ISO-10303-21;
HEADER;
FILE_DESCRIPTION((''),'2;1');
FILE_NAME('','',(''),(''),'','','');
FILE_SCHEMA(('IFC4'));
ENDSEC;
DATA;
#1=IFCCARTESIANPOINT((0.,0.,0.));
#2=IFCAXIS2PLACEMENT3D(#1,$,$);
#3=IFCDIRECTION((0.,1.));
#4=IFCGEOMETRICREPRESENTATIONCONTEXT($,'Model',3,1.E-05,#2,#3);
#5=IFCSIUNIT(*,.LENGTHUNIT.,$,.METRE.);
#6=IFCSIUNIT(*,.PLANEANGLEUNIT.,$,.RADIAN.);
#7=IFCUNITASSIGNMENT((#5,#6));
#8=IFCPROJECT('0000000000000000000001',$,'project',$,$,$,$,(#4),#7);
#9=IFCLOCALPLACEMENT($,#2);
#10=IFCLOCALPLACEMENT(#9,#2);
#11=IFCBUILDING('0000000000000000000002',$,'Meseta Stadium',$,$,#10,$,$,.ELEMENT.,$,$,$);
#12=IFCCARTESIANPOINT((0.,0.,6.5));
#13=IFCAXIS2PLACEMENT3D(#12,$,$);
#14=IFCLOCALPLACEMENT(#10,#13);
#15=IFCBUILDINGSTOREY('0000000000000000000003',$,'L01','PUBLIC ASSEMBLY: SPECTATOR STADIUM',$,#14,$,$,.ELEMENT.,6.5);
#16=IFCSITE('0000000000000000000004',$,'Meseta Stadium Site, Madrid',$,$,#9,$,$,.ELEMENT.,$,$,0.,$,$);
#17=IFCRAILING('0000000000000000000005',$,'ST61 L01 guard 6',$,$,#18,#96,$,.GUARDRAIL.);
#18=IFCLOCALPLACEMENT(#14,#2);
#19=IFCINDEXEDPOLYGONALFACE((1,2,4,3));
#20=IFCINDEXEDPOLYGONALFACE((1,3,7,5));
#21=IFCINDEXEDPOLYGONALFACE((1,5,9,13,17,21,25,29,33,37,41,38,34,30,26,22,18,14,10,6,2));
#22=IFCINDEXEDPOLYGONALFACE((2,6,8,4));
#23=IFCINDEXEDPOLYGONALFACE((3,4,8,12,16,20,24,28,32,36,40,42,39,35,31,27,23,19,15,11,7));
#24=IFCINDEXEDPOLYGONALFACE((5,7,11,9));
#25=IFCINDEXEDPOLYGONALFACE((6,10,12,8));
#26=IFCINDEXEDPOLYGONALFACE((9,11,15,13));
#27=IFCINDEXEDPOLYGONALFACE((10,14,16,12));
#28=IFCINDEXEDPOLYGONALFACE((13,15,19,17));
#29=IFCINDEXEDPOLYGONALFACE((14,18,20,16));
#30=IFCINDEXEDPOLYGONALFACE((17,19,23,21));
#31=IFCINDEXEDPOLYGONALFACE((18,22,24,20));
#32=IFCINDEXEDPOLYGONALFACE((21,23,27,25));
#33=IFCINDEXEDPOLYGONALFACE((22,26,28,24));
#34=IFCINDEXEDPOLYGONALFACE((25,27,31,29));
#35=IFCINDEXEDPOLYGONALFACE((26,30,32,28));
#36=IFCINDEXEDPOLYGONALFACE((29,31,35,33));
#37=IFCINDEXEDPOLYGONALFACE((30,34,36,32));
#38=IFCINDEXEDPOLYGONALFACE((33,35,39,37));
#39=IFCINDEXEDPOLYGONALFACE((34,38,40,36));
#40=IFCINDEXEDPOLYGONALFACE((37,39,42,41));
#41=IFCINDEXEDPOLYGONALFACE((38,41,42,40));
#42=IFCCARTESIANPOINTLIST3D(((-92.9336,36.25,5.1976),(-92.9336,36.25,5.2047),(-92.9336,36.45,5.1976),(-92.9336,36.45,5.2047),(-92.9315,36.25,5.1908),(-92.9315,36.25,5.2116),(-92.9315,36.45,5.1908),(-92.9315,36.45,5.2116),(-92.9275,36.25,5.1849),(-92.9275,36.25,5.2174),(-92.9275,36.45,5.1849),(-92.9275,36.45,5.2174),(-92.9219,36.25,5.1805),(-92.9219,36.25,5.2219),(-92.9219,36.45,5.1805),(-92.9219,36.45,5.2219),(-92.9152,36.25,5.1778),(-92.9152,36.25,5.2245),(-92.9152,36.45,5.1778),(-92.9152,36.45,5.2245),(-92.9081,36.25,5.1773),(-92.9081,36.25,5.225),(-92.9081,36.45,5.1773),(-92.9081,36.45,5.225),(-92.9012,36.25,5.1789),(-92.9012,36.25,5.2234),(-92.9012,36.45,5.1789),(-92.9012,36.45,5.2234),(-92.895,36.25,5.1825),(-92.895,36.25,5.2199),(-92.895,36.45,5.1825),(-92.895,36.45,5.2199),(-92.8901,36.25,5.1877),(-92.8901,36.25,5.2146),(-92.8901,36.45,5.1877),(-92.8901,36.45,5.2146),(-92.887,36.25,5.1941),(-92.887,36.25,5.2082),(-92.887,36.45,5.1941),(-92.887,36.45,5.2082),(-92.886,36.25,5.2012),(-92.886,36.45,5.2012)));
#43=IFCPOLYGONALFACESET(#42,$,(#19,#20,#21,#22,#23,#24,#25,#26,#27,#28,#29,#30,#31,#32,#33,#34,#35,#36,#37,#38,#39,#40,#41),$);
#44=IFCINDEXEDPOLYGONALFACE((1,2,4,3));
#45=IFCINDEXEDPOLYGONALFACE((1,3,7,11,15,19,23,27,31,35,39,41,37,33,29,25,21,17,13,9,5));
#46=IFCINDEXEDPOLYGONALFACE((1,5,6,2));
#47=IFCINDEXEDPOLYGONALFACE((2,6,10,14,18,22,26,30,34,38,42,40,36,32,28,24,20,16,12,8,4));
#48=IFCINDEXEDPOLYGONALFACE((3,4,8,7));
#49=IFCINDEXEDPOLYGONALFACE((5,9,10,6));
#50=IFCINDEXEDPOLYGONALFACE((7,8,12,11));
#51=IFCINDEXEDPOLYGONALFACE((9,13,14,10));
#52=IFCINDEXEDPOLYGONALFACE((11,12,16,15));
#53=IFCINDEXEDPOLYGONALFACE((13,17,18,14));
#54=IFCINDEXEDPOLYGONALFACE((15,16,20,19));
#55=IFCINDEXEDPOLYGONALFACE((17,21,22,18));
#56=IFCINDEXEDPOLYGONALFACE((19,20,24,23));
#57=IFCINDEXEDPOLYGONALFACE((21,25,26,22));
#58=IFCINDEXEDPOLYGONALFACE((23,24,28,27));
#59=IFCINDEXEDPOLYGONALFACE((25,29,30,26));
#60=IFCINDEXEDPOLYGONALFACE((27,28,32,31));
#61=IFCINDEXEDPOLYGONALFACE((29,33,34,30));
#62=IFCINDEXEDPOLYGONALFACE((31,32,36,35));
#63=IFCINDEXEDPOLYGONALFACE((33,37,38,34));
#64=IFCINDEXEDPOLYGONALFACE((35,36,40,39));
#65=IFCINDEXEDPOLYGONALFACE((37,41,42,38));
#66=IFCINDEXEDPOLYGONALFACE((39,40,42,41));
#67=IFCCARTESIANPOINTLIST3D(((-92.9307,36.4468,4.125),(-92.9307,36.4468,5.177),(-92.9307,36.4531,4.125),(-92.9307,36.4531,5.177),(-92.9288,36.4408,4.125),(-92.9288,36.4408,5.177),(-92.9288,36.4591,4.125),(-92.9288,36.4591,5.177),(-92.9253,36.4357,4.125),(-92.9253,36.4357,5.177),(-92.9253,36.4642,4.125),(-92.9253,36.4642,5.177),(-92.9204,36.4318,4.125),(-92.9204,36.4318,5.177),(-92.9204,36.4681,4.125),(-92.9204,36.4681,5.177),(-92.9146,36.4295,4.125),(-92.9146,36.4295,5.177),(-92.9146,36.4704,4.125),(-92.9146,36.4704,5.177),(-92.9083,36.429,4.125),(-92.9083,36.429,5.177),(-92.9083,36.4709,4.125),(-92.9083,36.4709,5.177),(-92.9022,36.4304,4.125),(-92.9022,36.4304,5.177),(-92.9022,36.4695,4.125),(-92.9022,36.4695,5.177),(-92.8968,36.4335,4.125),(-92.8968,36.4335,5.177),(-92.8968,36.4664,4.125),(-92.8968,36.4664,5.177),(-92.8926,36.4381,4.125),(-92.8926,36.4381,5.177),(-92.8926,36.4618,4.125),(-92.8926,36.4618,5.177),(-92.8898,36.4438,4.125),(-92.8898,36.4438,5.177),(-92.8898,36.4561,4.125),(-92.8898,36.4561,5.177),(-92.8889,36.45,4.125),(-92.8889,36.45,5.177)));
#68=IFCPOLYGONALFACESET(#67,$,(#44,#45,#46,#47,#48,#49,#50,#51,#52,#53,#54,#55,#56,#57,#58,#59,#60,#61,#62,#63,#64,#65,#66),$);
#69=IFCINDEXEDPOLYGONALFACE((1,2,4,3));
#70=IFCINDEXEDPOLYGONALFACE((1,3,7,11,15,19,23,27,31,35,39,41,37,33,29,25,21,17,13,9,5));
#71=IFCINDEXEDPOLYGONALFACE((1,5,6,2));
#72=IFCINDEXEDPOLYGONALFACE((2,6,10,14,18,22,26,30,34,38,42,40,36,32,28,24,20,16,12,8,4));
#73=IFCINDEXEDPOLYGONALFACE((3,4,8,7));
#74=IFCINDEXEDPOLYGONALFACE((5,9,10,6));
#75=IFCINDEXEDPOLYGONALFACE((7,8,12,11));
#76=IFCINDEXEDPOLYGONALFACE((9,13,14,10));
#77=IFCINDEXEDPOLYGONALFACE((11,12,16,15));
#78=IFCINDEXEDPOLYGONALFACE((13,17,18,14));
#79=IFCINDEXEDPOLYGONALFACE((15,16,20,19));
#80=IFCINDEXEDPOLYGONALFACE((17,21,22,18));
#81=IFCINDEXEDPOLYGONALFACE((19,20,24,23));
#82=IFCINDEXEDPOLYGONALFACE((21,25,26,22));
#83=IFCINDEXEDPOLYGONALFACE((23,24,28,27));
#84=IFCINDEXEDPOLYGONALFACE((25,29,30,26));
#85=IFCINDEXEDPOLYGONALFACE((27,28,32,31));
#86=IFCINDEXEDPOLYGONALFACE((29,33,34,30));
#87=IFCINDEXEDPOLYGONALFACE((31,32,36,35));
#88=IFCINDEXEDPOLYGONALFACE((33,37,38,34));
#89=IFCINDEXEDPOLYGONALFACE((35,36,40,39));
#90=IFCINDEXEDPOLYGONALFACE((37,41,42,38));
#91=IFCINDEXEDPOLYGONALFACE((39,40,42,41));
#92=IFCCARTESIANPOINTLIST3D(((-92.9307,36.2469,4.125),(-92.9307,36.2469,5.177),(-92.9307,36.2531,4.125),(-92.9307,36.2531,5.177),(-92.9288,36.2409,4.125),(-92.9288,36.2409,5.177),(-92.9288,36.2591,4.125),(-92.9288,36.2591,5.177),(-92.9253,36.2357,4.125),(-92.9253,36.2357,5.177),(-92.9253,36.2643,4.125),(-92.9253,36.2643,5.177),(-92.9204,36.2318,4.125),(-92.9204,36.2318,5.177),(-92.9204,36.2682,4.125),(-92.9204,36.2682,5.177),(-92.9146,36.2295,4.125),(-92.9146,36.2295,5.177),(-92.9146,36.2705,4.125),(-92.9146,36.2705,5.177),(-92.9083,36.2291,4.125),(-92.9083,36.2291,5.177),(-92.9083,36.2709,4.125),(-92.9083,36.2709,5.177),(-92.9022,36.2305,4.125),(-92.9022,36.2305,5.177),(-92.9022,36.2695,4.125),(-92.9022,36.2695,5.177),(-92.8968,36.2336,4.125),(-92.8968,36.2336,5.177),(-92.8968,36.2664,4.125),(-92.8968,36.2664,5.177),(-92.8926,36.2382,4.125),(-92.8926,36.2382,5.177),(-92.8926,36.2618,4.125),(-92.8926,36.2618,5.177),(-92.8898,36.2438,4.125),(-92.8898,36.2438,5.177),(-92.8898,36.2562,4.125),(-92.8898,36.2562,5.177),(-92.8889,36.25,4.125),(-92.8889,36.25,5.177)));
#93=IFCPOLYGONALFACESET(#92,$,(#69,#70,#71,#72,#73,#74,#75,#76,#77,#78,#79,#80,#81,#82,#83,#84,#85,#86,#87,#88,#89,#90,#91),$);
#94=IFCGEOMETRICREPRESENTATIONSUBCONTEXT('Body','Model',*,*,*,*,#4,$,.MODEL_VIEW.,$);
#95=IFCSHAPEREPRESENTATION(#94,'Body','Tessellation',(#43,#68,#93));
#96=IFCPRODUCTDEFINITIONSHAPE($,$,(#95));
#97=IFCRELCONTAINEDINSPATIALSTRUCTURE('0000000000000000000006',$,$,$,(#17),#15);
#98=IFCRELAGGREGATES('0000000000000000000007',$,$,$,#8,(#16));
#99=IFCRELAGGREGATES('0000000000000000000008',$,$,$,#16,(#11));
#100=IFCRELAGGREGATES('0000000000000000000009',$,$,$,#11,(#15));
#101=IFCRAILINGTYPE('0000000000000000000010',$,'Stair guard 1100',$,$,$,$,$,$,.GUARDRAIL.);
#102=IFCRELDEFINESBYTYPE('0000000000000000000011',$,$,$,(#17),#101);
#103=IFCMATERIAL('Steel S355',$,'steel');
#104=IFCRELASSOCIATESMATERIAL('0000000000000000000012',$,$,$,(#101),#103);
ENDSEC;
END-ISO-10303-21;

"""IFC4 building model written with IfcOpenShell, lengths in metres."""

from ifc_helpers import new_model, si_unit, direction, frame, origin, origin_2d, place, context, subcontext, project, spatial, circle, extrude, material, type_object, element, save


model = new_model("IFC4")

# Units and contexts
model_context = context("Model", 3, precision=1e-05, world=origin(), true_north=direction((0.0, 1.0)))
body_context = subcontext(model_context, "Body", "Model", "MODEL_VIEW")
ifc_project = project(units=[si_unit("LENGTHUNIT", "METRE"), si_unit("PLANEANGLEUNIT", "RADIAN")], contexts=[model_context])

# Site, building, storey
site_placement = place(None, origin())
site = spatial("IfcSite", under=ifc_project, at=site_placement, Name="Meseta Stadium Site, Madrid", CompositionType="ELEMENT", RefElevation=0.0)
building_placement = place(site_placement, origin())
building = spatial("IfcBuilding", under=site, at=building_placement, Name="Meseta Stadium", CompositionType="ELEMENT")
storey_placement = place(building_placement, frame((0.0, 0.0, 6.5)))
storey = spatial("IfcBuildingStorey", under=building, at=storey_placement, Name="L01", Description="PUBLIC ASSEMBLY: SPECTATOR STADIUM", CompositionType="ELEMENT", Elevation=6.5)

# Railing
ifc_material_1 = material(Name="Steel S355", Category="steel")
railing_type_1 = type_object("IfcRailingType", Name="Stair guard 1100", PredefinedType="GUARDRAIL", material=ifc_material_1)
railing_1_placement = place(storey_placement, frame((-92.9099, 36.45, 4.125)))
element("IfcRailing", 1, at=railing_1_placement, inside=storey, type_object=railing_type_1, Name="ST61 L01 guard 6", PredefinedType="GUARDRAIL", context=body_context, shape_type="SweptSolid", body=[
    extrude(circle(Radius=0.0239, at=origin_2d()), frame((0.0, 0.0, 1.0762), z_axis=(0.0, -1.0, 0.0), x_axis=(1.0, 0.0, 0.0)), (0.0, 0.0, 1.0), 0.2),
    extrude(circle(Radius=0.021, at=origin_2d()), origin(), (0.0, 0.0, 1.0), 1.052),
    extrude(circle(Radius=0.021, at=origin_2d()), frame((0.0, -0.2, 0.0)), (0.0, 0.0, 1.0), 1.052),
])

save(model, "model.ifc")
